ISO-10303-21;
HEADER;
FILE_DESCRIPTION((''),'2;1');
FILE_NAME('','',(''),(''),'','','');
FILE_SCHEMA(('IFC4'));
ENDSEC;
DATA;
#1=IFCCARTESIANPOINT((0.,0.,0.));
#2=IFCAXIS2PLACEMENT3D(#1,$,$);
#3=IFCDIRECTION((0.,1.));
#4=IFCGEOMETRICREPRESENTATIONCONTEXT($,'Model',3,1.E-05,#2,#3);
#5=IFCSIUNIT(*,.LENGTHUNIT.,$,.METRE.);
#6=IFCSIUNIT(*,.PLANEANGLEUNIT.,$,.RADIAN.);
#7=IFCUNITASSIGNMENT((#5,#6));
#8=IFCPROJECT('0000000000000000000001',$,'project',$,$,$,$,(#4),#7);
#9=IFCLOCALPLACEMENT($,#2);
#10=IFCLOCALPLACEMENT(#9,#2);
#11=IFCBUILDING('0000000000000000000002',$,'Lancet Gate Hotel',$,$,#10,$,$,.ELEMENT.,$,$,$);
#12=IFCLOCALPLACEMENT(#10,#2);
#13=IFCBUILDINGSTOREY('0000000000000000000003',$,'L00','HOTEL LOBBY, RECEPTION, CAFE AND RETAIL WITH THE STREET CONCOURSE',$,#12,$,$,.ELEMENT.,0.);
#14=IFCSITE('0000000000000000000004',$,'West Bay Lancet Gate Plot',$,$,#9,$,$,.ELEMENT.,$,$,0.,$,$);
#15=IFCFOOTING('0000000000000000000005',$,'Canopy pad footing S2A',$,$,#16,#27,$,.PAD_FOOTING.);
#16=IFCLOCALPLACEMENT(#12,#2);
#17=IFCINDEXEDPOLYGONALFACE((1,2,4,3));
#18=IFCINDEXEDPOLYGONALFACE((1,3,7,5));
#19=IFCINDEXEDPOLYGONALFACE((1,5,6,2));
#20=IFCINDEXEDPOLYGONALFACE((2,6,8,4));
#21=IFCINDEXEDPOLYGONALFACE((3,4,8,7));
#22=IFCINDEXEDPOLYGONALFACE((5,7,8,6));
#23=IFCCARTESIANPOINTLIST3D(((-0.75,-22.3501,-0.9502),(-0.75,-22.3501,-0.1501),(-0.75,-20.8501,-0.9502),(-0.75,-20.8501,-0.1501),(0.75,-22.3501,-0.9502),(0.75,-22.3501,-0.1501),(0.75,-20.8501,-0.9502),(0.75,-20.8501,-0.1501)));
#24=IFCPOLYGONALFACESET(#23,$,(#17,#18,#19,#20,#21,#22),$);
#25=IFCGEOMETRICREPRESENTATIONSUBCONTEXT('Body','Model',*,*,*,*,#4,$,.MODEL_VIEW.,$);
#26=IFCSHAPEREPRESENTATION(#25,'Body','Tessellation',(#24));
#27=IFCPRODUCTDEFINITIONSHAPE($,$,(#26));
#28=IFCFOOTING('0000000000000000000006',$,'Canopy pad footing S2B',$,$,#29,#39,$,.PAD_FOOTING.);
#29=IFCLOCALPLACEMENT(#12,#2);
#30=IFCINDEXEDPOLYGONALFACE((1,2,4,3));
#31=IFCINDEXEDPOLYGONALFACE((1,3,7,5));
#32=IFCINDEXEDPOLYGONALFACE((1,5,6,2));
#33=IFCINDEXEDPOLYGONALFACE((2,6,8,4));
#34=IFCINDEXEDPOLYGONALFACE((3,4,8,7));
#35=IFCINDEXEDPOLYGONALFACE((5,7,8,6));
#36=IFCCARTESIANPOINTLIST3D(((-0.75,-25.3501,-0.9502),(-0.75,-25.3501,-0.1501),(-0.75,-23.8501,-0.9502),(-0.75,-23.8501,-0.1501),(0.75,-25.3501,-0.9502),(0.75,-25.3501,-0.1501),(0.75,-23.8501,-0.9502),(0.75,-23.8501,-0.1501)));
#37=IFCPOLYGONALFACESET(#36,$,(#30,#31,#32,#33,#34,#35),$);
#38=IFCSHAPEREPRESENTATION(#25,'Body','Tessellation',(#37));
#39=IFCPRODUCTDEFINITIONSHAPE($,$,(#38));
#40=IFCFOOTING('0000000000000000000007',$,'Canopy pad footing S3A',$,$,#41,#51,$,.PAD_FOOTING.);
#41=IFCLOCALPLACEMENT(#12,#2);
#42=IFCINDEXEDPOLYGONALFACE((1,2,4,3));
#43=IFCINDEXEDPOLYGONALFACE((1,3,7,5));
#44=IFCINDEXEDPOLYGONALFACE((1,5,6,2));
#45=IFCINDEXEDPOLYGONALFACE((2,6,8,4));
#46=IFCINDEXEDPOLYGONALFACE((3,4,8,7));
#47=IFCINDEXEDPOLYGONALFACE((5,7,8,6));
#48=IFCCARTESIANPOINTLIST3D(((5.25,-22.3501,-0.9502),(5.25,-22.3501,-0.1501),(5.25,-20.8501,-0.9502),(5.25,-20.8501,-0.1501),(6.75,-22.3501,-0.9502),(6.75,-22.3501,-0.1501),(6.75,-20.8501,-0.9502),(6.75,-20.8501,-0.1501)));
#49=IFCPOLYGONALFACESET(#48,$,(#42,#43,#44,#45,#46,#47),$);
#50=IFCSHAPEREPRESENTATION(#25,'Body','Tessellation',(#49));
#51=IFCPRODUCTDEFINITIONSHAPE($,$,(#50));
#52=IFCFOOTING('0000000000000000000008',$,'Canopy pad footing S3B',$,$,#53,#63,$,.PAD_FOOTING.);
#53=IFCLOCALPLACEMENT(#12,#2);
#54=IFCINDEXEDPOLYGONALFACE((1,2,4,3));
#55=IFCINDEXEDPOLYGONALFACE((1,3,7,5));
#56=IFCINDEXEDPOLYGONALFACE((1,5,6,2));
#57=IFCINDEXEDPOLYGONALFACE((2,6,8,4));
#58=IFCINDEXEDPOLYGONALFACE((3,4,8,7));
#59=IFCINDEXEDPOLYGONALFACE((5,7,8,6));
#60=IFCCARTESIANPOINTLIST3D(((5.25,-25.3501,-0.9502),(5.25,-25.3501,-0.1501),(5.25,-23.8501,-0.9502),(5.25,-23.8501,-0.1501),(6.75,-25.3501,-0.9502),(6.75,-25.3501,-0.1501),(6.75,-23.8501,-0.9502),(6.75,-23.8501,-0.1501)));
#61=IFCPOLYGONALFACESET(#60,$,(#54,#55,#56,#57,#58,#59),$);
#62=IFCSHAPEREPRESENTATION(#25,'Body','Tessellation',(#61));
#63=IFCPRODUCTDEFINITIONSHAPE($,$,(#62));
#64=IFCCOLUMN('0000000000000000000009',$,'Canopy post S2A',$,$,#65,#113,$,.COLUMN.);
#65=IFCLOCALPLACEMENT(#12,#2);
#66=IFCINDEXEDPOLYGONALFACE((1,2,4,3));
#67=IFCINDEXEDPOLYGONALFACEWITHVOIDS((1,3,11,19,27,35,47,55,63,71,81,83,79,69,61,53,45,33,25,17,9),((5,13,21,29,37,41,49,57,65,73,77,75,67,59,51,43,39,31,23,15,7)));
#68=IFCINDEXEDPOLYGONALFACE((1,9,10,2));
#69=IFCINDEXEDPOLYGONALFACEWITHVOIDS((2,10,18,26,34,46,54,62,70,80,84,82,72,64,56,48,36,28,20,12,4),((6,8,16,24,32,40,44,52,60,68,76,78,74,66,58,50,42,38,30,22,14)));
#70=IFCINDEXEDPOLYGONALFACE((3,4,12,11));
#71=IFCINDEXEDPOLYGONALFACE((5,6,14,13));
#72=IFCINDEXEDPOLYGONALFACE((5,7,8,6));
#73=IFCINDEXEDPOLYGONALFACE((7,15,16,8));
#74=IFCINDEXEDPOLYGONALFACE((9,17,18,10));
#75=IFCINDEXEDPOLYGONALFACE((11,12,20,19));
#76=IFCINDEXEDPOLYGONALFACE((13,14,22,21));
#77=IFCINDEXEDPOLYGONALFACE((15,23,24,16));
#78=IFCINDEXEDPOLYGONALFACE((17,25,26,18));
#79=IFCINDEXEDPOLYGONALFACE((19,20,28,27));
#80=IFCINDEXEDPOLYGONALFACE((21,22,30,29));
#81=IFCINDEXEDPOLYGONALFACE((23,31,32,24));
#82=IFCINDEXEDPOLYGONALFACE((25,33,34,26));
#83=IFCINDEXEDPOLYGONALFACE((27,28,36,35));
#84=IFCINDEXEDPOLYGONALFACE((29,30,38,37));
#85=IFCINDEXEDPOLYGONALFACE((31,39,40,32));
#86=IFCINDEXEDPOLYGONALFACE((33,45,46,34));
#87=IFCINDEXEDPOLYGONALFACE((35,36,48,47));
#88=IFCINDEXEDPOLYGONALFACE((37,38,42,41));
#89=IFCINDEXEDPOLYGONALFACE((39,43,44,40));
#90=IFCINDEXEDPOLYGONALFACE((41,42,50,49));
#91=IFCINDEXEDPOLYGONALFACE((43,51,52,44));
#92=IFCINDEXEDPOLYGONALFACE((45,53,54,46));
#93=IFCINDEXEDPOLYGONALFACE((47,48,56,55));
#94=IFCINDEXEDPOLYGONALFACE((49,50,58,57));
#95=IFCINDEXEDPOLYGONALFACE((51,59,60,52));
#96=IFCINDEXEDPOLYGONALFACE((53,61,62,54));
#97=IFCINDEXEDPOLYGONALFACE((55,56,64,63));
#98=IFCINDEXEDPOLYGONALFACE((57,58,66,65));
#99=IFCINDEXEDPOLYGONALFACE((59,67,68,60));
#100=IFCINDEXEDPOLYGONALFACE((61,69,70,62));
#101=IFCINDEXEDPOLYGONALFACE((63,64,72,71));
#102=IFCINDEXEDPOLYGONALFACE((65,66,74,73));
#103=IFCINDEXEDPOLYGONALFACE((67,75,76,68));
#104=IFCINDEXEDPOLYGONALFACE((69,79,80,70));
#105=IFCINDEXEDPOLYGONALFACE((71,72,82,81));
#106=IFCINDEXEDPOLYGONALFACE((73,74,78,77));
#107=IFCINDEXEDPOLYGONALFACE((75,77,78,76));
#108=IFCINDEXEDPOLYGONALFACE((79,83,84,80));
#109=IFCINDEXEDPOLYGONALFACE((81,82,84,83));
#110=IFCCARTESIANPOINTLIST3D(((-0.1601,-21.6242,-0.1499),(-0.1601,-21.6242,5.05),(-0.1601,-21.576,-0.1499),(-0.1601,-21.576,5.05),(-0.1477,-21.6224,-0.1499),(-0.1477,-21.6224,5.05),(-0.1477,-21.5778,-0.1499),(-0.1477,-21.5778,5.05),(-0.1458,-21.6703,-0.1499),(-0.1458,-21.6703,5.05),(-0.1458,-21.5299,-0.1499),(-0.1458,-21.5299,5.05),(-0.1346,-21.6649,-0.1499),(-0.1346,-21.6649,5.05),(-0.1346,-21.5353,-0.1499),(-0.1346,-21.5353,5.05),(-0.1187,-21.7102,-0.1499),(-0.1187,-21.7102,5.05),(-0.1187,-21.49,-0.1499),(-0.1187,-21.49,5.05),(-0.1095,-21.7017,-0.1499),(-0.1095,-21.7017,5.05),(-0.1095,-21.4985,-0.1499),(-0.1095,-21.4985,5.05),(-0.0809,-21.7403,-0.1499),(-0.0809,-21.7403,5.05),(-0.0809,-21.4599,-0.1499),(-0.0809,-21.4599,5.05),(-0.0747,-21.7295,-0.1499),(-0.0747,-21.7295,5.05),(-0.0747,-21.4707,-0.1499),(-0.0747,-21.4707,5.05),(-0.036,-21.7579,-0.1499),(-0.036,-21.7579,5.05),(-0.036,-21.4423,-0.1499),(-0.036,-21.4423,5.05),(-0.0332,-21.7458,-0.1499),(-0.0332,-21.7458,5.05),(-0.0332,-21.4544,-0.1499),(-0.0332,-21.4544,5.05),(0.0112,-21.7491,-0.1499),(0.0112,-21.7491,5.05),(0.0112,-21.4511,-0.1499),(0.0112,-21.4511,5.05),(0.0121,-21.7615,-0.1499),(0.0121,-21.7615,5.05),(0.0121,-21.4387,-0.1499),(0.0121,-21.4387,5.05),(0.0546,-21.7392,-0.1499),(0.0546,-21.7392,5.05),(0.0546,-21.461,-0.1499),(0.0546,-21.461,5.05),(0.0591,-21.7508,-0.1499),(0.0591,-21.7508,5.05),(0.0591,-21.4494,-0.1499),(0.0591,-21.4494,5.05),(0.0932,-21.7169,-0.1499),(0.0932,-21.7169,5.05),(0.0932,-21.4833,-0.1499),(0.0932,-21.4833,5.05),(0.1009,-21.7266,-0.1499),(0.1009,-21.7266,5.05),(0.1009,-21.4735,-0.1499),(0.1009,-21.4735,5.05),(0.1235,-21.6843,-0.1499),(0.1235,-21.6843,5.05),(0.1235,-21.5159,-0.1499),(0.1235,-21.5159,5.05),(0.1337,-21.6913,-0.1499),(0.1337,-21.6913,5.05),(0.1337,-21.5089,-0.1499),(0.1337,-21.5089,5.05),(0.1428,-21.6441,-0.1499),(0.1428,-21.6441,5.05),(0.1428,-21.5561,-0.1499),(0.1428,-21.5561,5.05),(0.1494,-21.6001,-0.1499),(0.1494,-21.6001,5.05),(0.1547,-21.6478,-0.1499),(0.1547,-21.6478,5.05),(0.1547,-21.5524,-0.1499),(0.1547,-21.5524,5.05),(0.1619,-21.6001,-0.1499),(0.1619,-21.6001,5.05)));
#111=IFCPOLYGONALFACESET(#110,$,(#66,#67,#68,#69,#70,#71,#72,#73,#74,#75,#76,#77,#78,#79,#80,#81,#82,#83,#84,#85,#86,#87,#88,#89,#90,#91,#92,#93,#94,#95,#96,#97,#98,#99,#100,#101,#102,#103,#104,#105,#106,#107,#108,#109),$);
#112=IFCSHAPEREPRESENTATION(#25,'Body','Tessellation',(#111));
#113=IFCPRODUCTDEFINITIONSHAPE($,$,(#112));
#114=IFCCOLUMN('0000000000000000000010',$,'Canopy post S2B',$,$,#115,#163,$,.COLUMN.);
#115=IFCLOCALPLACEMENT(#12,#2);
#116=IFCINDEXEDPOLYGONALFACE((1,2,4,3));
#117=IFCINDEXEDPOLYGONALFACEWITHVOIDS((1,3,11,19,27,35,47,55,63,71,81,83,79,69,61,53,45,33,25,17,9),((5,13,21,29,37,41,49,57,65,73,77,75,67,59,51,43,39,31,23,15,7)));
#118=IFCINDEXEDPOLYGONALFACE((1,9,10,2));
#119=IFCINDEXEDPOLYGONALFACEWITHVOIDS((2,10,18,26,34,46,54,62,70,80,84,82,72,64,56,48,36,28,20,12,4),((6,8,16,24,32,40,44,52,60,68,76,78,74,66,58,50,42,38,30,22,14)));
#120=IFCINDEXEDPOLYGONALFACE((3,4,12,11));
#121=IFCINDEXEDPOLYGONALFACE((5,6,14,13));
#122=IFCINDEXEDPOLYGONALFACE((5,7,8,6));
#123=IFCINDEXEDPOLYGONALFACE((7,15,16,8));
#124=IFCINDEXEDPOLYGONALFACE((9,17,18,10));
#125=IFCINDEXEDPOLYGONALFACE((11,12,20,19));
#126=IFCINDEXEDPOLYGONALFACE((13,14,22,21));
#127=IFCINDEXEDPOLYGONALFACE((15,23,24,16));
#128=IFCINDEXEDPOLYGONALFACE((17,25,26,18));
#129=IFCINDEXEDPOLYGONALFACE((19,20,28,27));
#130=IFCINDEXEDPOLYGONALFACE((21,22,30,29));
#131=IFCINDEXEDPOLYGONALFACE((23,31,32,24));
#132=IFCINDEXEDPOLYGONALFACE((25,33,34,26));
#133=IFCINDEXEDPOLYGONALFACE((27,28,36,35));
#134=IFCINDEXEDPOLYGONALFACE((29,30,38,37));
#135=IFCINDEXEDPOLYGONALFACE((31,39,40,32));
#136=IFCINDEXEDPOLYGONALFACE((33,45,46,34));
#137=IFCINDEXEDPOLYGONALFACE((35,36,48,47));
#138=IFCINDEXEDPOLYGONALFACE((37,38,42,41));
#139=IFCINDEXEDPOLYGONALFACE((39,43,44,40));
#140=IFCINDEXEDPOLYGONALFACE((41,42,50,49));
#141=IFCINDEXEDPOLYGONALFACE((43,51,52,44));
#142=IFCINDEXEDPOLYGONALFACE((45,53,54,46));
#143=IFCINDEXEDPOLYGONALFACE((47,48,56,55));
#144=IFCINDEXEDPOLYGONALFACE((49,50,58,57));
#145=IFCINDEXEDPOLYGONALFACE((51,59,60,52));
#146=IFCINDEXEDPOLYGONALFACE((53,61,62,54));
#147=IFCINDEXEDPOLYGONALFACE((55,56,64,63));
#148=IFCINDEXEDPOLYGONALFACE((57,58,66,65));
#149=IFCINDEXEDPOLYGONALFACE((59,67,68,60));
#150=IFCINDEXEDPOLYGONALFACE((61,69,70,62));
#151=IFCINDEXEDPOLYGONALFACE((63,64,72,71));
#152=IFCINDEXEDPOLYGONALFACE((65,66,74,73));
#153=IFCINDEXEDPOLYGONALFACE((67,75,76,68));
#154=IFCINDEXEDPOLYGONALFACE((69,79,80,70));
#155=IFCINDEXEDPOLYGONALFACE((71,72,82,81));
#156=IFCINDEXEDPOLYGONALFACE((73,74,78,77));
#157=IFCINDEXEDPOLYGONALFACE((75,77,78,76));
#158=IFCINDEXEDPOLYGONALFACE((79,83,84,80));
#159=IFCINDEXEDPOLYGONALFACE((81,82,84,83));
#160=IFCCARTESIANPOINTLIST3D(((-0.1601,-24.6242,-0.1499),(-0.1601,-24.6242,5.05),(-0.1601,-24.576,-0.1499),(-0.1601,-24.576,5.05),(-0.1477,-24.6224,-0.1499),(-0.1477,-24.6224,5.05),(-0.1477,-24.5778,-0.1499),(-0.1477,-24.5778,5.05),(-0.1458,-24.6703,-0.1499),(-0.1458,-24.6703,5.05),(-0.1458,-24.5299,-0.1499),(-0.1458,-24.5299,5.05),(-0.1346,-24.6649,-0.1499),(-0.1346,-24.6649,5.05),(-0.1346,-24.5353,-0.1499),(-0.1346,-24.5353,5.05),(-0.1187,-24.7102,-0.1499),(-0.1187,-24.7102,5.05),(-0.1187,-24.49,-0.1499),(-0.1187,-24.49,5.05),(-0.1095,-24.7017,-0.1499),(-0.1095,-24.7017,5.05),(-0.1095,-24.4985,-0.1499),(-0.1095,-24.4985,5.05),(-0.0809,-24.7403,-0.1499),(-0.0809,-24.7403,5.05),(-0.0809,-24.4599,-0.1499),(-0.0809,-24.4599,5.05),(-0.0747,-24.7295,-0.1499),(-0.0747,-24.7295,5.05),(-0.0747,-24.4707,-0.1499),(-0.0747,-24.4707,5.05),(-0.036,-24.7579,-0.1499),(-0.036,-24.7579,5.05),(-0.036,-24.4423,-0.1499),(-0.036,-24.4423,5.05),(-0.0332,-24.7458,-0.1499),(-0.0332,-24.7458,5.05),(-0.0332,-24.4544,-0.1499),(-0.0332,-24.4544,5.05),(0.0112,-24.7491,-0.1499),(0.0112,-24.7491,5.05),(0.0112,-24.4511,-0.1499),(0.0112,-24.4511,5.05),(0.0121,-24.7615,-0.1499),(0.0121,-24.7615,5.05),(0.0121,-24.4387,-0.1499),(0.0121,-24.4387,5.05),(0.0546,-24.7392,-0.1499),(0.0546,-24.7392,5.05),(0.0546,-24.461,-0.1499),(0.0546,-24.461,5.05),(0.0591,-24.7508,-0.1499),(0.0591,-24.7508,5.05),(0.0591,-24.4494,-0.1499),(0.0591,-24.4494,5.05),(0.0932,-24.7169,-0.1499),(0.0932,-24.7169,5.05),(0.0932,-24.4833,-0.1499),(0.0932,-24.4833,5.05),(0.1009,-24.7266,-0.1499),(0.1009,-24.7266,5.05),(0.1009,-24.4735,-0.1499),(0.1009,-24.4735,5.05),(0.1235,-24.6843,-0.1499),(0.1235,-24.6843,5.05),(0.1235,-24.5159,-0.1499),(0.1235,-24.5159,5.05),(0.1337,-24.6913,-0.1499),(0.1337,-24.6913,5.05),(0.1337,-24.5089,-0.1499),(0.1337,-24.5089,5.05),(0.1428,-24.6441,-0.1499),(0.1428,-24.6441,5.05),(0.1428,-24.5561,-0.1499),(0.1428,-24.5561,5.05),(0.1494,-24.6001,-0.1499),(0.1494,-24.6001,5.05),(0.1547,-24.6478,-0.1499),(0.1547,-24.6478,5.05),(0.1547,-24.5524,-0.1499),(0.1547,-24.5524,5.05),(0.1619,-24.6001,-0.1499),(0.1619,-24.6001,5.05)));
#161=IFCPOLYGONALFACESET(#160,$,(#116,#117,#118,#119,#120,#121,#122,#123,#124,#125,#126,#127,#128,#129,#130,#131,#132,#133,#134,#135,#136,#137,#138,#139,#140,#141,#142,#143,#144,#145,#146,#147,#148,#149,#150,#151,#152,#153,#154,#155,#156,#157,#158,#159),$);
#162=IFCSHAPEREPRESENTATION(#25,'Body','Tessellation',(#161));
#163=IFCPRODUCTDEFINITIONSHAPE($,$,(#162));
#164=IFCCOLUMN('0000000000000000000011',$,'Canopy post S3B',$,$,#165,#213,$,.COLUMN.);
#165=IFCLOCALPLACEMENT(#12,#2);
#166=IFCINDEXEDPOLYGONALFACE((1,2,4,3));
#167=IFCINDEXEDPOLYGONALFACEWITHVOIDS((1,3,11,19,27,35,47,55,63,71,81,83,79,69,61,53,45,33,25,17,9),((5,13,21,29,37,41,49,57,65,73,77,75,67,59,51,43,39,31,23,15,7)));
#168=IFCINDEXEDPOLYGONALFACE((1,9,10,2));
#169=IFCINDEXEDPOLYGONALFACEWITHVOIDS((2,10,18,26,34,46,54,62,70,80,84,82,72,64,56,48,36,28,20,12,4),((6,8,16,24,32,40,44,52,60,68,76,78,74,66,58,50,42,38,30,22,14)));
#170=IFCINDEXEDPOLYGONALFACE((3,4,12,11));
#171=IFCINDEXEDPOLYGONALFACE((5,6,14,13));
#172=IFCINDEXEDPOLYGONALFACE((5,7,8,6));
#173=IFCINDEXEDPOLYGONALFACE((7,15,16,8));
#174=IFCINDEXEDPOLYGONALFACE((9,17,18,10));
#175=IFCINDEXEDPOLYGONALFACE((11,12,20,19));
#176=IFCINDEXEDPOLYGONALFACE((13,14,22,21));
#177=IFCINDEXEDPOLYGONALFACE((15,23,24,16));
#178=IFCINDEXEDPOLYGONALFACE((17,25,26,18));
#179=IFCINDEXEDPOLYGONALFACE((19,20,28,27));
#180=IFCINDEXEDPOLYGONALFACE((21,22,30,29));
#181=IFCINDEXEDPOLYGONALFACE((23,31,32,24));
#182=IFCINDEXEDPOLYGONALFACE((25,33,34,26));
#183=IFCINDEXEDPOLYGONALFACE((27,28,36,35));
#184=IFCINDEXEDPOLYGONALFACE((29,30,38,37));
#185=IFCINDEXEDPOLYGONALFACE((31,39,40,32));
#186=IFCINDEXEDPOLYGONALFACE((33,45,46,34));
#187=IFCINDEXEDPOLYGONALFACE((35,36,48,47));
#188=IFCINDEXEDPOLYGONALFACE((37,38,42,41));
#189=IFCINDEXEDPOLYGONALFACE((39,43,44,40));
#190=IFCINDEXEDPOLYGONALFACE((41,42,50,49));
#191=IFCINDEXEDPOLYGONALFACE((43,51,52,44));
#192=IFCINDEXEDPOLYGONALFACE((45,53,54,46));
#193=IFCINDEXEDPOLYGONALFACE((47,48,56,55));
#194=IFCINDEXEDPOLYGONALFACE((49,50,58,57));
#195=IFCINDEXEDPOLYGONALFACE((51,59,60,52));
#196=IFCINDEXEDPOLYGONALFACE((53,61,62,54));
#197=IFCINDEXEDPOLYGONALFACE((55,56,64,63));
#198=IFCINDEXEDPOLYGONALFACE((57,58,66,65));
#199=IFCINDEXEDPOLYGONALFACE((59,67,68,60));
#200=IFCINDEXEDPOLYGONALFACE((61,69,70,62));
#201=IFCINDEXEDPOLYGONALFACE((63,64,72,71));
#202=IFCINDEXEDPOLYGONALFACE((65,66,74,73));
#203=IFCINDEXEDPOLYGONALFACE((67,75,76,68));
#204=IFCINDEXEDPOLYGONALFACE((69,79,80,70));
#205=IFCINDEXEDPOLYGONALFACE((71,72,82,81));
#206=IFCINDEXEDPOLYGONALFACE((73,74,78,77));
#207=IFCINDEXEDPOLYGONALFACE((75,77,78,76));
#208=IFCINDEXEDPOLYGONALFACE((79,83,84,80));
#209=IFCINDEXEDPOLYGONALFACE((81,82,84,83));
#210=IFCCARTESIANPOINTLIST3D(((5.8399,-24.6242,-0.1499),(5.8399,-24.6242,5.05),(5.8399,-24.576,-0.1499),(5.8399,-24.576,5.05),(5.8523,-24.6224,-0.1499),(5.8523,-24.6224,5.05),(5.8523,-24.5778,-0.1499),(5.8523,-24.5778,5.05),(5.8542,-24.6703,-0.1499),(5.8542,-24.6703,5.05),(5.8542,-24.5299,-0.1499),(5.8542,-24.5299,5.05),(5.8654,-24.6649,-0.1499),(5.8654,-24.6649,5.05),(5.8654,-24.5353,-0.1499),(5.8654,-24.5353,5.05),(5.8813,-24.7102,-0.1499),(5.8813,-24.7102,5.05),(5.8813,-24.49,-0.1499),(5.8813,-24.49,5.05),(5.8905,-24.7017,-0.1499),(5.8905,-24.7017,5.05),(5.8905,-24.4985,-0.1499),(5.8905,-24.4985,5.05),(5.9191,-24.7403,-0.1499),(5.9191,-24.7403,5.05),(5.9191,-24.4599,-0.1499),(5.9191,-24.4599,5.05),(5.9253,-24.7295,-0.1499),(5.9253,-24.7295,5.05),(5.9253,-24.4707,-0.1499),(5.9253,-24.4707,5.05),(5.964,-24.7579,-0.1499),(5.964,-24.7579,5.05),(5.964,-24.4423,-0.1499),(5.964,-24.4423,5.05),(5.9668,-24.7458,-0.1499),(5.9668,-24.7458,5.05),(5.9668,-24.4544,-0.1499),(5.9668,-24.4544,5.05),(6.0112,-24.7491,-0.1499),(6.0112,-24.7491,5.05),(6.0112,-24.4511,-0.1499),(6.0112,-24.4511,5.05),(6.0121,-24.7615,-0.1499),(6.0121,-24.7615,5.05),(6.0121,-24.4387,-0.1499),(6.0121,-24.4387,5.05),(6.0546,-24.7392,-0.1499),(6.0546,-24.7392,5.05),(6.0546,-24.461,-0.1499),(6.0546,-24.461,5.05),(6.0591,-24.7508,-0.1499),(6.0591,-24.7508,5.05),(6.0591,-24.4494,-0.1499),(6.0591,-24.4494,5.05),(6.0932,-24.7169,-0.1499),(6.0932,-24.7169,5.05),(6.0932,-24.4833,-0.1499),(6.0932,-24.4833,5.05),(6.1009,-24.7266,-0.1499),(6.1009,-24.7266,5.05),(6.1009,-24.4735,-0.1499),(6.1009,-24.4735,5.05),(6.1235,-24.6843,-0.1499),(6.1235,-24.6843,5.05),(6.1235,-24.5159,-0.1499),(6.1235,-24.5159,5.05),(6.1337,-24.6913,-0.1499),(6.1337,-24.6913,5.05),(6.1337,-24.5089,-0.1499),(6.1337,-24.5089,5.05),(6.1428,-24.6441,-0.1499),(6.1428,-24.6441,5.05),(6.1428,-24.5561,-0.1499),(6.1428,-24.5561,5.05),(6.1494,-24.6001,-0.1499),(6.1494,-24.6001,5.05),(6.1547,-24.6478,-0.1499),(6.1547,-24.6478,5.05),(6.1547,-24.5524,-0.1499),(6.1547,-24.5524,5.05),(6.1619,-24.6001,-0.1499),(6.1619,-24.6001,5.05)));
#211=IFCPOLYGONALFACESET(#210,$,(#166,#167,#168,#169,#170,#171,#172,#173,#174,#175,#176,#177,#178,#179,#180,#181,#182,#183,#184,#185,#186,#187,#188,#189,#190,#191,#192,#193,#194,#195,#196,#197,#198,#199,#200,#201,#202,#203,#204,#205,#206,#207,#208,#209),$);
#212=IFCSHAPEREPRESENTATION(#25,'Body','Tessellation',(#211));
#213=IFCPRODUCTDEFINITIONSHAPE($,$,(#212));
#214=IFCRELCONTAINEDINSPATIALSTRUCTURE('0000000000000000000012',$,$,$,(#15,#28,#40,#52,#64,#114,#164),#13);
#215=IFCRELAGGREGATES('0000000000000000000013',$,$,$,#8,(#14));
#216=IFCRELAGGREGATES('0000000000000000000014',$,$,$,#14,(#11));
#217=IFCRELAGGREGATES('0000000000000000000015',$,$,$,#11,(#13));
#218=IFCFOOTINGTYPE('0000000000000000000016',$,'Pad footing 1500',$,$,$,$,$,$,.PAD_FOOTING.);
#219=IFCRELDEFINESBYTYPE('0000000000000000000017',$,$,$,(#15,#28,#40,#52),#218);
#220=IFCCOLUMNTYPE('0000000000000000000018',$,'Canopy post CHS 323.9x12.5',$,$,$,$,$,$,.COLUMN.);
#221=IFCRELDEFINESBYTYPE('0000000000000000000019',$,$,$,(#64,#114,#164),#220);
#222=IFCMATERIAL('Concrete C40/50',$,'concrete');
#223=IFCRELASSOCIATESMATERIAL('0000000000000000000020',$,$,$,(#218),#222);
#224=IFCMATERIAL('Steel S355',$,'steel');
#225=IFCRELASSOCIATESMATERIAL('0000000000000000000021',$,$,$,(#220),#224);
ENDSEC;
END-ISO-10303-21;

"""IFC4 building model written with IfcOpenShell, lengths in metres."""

from ifc_helpers import new_model, si_unit, direction, frame, origin, origin_2d, place, context, subcontext, project, spatial, rectangle, hollow_circle, extrude, material, material_profile, profile_set, type_object, element, save


model = new_model("IFC4")

# Units and contexts
model_context = context("Model", 3, precision=1e-05, world=origin(), true_north=direction((0.0, 1.0)))
body_context = subcontext(model_context, "Body", "Model", "MODEL_VIEW")
ifc_project = project(units=[si_unit("LENGTHUNIT", "METRE"), si_unit("PLANEANGLEUNIT", "RADIAN")], contexts=[model_context])

# Site, building, storey
site_placement = place(None, origin())
site = spatial("IfcSite", under=ifc_project, at=site_placement, Name="West Bay Lancet Gate Plot", CompositionType="ELEMENT", RefElevation=0.0)
building_placement = place(site_placement, origin())
building = spatial("IfcBuilding", under=site, at=building_placement, Name="Lancet Gate Hotel", CompositionType="ELEMENT")
storey_placement = place(building_placement, origin())
storey = spatial("IfcBuildingStorey", under=building, at=storey_placement, Name="L00", Description="HOTEL LOBBY, RECEPTION, CAFE AND RETAIL WITH THE STREET CONCOURSE", CompositionType="ELEMENT", Elevation=0.0)

# Footings
ifc_material_1 = material(Name="Concrete C40/50", Category="concrete")
footing_type = type_object("IfcFootingType", Name="Pad footing 1500", PredefinedType="PAD_FOOTING", material=ifc_material_1)
for number, where, z_axis, x_axis, name in (
    (1, (0.0, -21.6001, -0.9502), (0.0, 0.0, 1.0), (1.0, 0.0, 0.0), "Canopy pad footing S2A"),
    (2, (0.0, -24.6001, -0.9502), (0.0, 0.0, 1.0), (1.0, 0.0, 0.0), "Canopy pad footing S2B"),
    (3, (6.0, -21.6001, -0.9502), (0.0, 0.0, 1.0), (1.0, 0.0, 0.0), "Canopy pad footing S3A"),
    (4, (6.0, -24.6001, -0.9502), (0.0, 0.0, 1.0), (1.0, 0.0, 0.0), "Canopy pad footing S3B"),
):
    element("IfcFooting", number, at=place(storey_placement, frame(where, z_axis=z_axis, x_axis=x_axis)), inside=storey, type_object=footing_type, Name=name, PredefinedType="PAD_FOOTING", context=body_context, shape_type="SweptSolid", body=[
        extrude(rectangle(XDim=1.5, YDim=1.5, at=origin_2d()), origin(), (0.0, 0.0, 1.0), 0.8),
    ])

# Columns
ifc_material_2 = material(Name="Steel S355", Category="steel")
ifc_material_profile_1 = material_profile(ifc_material_2, hollow_circle(Radius=0.1619, WallThickness=0.0125, at=origin_2d()), Name="CHS 323.9x12.5")
ifc_profile_set_1 = profile_set([ifc_material_profile_1], Name="Steel S355")
column_type = type_object("IfcColumnType", Name="Canopy post CHS 323.9x12.5", PredefinedType="COLUMN", material=ifc_profile_set_1)
for number, where, z_axis, x_axis, name in (
    (5, (0.0, -21.6001, -0.1499), (0.0, 0.0, 1.0), (1.0, 0.0, 0.0), "Canopy post S2A"),
    (6, (0.0, -24.6001, -0.1499), (0.0, 0.0, 1.0), (1.0, 0.0, 0.0), "Canopy post S2B"),
    (7, (6.0, -24.6001, -0.1499), (0.0, 0.0, 1.0), (1.0, 0.0, 0.0), "Canopy post S3B"),
):
    element("IfcColumn", number, at=place(storey_placement, frame(where, z_axis=z_axis, x_axis=x_axis)), inside=storey, type_object=column_type, Name=name, PredefinedType="COLUMN", context=body_context, shape_type="SweptSolid", body=[
        extrude(hollow_circle(Radius=0.1619, WallThickness=0.0125, at=origin_2d()), origin(), (0.0, 0.0, 1.0), 5.2),
    ])

save(model, "model.ifc")
